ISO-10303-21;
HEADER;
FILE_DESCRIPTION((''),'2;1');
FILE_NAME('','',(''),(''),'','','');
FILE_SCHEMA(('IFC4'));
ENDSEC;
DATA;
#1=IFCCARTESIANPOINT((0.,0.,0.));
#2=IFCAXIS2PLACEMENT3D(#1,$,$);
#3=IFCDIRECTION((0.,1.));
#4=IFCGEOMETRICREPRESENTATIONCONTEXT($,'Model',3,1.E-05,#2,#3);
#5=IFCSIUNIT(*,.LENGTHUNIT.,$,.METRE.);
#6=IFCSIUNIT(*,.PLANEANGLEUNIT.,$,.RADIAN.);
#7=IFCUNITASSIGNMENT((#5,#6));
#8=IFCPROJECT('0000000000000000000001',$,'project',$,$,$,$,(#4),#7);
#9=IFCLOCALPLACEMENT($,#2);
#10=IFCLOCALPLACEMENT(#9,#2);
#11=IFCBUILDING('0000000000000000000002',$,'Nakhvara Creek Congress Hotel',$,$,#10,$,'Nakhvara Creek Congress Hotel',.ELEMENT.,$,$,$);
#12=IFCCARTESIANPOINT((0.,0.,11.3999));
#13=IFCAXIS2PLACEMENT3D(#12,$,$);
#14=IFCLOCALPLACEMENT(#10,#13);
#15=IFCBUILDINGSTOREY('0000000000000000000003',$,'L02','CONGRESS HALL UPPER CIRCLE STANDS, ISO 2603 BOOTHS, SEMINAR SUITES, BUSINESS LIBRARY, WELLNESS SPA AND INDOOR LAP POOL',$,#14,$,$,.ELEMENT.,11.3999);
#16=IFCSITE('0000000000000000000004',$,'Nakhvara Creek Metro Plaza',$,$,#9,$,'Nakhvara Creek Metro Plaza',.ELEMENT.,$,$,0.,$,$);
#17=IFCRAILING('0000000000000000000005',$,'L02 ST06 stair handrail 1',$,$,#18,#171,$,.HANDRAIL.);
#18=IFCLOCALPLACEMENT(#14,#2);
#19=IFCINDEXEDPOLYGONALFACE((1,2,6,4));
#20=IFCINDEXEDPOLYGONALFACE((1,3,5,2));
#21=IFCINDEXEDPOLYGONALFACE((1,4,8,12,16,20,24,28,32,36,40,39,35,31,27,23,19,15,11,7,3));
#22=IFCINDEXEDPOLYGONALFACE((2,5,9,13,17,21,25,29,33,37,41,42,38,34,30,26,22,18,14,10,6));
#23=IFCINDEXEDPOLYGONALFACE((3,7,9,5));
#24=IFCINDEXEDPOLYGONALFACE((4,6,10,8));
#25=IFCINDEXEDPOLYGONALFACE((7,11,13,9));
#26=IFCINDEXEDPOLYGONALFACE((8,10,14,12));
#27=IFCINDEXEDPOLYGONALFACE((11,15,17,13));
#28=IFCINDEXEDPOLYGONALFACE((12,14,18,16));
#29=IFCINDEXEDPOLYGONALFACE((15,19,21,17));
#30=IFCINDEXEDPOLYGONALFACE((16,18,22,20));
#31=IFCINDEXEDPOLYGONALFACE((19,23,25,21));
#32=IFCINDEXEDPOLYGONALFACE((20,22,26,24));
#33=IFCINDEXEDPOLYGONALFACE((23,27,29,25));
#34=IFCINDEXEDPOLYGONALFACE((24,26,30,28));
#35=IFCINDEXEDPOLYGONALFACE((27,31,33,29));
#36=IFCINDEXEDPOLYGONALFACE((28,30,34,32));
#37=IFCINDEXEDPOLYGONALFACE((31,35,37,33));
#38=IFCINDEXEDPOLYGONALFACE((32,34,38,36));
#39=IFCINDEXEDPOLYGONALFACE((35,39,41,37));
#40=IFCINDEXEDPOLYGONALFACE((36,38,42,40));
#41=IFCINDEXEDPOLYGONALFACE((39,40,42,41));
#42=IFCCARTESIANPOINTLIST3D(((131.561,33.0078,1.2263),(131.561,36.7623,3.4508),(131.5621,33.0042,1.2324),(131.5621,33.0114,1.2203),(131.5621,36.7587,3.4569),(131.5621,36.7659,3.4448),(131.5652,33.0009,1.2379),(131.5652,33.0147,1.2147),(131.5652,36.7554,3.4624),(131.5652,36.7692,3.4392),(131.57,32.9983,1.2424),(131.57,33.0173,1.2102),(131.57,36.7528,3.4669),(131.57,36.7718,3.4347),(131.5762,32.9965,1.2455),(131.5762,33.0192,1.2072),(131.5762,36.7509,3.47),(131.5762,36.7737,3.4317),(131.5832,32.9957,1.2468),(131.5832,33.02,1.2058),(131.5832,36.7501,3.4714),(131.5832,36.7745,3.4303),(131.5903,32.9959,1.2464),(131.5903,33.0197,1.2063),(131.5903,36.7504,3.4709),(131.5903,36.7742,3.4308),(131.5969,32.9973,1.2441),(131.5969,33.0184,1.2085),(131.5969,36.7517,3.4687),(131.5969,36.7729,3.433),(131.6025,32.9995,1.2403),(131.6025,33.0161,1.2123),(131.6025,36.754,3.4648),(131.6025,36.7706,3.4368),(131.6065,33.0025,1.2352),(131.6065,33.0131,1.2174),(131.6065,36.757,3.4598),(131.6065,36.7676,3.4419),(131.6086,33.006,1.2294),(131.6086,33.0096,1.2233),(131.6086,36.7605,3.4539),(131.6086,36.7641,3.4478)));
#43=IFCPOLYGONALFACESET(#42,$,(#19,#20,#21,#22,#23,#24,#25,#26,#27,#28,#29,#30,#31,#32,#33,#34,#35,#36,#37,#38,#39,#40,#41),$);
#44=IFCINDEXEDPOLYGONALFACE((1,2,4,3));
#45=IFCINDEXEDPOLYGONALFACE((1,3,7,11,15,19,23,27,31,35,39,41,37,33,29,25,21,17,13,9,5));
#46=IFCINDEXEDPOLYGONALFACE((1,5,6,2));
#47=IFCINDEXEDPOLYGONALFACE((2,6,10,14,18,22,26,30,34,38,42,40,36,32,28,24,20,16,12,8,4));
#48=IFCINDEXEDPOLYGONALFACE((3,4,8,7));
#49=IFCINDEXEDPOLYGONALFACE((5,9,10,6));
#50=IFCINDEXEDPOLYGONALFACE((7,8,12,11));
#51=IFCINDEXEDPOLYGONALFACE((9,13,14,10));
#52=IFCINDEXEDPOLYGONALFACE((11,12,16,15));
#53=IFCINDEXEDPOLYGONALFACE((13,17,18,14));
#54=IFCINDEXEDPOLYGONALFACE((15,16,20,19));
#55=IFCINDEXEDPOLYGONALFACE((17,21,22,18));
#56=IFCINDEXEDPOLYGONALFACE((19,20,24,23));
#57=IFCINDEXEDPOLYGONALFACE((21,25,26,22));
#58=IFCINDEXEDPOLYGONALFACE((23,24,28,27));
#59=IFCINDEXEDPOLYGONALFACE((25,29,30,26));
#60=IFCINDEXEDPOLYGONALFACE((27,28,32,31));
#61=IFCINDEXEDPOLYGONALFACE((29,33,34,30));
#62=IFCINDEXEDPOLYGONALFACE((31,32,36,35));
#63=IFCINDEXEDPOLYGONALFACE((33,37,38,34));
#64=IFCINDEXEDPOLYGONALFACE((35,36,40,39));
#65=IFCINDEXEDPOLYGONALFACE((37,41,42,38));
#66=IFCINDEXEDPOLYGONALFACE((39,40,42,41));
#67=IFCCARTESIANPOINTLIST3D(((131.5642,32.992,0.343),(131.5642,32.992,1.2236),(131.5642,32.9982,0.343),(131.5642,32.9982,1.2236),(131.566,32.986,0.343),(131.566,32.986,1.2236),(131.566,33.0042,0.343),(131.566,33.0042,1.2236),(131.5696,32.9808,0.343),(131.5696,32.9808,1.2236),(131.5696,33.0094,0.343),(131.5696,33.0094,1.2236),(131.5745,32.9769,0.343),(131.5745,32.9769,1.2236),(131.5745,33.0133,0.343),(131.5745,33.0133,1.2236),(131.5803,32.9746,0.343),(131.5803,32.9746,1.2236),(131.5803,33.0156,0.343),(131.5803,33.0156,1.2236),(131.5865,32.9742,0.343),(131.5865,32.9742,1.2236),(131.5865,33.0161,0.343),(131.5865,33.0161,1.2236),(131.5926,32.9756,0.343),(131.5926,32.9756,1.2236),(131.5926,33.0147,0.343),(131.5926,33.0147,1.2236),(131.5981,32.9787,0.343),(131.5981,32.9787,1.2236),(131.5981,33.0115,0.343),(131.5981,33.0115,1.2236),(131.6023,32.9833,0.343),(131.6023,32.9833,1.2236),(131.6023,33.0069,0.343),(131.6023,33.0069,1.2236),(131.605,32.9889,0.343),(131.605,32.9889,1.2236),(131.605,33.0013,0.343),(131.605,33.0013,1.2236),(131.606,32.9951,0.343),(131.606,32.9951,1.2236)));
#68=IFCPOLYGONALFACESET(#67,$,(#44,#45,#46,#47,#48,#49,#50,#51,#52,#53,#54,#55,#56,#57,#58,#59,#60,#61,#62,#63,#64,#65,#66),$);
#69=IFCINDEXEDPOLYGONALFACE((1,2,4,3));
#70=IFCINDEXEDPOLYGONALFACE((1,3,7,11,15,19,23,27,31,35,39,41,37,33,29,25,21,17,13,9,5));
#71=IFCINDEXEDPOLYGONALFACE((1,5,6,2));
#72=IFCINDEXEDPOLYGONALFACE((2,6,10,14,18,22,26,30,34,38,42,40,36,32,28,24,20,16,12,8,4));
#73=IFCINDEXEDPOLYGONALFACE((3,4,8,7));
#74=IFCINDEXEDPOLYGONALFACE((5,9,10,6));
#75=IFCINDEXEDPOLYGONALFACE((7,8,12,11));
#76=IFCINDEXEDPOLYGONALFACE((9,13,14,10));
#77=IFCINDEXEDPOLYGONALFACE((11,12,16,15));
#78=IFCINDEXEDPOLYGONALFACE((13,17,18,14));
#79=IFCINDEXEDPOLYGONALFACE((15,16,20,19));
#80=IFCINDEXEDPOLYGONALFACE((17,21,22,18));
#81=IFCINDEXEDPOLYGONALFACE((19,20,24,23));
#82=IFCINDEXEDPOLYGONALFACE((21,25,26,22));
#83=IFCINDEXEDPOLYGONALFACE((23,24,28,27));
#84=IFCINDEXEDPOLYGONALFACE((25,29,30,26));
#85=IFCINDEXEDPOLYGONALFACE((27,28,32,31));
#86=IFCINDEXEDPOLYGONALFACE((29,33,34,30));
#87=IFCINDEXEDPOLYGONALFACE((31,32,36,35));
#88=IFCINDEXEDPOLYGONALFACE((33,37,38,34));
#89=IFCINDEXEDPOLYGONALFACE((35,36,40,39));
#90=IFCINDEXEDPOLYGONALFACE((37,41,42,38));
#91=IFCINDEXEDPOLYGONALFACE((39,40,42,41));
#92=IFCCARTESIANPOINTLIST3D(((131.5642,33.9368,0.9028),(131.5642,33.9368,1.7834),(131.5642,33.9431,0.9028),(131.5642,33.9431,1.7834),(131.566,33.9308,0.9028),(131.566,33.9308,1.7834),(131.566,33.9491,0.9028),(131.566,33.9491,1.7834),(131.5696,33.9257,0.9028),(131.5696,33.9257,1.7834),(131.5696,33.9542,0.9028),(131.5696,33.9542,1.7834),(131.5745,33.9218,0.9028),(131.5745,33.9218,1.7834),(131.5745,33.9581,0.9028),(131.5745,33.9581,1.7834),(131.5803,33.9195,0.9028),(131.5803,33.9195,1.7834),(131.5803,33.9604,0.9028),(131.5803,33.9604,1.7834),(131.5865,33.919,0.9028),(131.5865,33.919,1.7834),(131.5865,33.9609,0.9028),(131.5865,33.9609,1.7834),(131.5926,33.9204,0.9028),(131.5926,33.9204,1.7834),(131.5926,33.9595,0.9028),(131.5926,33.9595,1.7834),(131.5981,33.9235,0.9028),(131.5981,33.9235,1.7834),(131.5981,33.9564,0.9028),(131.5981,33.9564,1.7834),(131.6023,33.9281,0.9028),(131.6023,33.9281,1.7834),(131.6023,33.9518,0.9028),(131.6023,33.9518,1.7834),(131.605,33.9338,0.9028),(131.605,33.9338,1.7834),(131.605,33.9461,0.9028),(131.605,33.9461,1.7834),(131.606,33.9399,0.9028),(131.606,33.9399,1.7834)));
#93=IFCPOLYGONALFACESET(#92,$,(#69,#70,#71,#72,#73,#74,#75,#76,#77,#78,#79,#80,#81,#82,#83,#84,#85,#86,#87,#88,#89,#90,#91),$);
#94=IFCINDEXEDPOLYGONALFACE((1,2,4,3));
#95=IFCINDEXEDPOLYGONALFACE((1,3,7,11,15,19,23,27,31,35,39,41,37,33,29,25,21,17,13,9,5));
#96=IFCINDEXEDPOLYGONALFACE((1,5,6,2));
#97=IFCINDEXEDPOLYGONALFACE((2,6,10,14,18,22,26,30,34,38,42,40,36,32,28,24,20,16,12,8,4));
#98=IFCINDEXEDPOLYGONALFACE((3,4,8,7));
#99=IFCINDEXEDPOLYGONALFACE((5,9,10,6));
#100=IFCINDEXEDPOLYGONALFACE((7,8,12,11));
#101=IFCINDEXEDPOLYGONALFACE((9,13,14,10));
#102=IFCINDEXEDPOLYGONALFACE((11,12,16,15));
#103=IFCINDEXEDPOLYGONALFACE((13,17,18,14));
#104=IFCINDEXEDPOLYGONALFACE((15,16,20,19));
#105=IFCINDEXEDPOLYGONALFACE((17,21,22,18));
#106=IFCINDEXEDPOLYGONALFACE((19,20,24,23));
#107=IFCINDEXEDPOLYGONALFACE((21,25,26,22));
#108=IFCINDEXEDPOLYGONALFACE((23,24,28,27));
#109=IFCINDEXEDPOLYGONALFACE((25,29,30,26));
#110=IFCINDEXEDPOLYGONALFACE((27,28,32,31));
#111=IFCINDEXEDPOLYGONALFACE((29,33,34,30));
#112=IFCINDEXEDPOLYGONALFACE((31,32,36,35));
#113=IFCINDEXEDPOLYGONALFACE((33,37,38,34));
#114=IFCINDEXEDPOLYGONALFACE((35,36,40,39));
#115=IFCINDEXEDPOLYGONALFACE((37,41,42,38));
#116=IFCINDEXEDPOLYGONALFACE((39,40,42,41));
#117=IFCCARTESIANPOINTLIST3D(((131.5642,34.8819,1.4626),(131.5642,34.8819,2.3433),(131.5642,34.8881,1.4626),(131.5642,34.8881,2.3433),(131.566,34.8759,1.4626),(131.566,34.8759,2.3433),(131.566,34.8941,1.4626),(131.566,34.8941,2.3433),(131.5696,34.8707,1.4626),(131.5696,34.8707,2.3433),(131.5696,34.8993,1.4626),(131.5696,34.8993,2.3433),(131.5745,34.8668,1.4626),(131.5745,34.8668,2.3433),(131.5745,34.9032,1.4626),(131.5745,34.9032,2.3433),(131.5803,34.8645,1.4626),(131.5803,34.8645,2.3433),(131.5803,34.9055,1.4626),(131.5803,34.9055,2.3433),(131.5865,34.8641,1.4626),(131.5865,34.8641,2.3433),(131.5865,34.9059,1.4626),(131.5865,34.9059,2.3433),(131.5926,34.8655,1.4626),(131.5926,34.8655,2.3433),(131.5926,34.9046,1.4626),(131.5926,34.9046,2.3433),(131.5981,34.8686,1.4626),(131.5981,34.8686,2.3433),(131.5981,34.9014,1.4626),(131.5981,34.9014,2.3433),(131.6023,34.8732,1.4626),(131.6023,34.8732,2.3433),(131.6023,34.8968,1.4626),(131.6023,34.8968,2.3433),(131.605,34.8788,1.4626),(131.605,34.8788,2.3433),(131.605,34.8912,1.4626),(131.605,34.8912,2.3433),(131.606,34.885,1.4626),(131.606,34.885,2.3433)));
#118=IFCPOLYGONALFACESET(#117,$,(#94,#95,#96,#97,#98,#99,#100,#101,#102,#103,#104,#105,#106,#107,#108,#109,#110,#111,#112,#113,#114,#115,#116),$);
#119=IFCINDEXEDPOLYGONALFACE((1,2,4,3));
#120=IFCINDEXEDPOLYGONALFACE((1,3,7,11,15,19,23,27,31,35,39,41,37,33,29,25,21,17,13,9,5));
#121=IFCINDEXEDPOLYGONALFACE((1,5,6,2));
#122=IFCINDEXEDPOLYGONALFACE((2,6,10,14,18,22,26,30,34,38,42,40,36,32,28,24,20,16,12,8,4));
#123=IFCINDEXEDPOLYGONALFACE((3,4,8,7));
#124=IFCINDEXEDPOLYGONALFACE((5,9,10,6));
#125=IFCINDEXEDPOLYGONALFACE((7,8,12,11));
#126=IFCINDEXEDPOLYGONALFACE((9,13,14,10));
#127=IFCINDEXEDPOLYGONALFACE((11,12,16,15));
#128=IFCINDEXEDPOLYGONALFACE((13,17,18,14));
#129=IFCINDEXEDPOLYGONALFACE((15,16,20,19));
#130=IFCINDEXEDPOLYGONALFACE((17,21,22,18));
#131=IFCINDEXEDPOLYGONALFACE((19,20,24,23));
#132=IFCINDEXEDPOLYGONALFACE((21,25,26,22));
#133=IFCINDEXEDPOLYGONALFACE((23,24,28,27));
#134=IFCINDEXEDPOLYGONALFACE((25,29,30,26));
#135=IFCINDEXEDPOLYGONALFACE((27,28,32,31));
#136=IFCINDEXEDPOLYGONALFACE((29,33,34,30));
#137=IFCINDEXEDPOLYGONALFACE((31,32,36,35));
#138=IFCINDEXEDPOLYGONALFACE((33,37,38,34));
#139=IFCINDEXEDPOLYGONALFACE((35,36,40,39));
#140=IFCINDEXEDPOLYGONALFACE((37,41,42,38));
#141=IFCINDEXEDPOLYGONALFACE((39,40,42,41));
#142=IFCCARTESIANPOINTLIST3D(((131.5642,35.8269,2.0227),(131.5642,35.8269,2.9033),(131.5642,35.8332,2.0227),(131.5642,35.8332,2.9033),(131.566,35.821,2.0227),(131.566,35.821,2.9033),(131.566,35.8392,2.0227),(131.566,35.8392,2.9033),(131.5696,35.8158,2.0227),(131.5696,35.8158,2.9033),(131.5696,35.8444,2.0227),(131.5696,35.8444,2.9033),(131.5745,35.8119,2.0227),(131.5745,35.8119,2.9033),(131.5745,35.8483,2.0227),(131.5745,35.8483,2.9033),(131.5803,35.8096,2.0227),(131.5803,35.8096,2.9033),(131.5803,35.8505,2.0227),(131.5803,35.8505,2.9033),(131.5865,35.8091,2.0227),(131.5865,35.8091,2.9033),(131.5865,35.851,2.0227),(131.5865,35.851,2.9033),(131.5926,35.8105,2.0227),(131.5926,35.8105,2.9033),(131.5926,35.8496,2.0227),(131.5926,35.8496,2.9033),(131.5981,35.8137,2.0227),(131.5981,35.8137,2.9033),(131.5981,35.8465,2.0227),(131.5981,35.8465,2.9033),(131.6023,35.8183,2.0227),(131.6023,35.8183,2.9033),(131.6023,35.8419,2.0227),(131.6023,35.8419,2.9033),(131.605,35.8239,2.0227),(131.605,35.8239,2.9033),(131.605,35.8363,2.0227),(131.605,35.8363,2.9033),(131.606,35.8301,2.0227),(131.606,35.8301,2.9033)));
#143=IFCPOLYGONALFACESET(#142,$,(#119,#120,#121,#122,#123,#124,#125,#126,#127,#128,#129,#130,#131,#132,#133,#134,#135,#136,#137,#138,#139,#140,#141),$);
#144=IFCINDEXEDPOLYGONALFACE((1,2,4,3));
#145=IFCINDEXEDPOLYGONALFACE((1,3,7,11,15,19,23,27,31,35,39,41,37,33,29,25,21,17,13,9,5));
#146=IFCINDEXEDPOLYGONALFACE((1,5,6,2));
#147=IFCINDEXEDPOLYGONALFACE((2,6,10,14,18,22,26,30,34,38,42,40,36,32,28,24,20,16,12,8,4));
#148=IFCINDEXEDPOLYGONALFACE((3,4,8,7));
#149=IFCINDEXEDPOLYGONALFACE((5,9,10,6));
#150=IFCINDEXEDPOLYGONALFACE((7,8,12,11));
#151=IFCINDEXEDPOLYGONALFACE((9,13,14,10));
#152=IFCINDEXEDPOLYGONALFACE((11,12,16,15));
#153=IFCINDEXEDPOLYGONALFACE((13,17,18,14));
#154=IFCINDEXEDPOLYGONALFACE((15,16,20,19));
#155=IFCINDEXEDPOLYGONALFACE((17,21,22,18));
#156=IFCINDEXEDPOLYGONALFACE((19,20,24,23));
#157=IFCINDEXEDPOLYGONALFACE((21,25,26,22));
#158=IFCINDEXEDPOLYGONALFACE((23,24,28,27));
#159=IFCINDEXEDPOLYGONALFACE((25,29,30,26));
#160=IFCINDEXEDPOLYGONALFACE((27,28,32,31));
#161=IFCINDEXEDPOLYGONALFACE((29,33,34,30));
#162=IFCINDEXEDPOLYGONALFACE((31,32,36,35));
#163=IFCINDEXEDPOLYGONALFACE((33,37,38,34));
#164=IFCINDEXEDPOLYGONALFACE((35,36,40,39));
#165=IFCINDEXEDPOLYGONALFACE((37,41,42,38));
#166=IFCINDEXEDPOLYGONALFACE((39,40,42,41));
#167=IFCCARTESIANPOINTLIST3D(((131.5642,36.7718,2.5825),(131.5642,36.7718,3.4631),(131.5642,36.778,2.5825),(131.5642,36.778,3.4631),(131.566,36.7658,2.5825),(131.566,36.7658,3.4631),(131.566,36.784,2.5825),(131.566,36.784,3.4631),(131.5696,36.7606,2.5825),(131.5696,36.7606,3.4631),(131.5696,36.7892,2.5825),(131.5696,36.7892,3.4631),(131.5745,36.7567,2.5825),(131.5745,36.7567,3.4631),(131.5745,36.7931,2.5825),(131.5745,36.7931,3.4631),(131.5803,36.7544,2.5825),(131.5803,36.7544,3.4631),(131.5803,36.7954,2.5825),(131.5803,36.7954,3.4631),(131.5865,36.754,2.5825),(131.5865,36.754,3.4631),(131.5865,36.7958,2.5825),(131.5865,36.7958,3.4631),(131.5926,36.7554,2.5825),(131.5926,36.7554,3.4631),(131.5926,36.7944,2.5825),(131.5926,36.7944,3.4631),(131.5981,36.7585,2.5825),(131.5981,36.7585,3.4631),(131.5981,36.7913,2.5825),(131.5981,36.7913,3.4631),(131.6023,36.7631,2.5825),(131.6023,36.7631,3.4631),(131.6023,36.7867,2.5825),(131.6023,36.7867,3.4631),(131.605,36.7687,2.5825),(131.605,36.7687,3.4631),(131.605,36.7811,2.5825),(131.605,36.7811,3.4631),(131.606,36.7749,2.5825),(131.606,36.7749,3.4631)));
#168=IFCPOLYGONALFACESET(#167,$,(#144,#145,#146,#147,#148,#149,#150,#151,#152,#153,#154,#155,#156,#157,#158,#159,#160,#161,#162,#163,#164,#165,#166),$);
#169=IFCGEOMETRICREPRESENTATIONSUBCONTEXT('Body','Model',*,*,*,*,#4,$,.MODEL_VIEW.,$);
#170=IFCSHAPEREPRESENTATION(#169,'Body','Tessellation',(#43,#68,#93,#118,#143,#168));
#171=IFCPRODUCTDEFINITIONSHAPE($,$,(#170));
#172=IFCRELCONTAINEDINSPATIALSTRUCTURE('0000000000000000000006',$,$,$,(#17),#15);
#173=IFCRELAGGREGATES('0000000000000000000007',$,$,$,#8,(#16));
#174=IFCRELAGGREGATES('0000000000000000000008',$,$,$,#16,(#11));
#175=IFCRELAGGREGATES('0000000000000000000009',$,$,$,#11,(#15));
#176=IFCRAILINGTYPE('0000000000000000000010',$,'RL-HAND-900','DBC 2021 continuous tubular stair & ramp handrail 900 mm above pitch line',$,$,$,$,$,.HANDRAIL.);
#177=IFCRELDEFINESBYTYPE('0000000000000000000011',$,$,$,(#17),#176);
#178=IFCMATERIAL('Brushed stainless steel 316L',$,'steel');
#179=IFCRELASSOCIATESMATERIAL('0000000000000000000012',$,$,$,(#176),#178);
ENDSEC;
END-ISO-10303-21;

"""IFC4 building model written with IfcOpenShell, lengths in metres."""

from ifc_helpers import new_model, si_unit, direction, frame, origin, origin_2d, place, context, subcontext, project, spatial, circle, extrude, material, type_object, element, save


model = new_model("IFC4")

# Units and contexts
model_context = context("Model", 3, precision=1e-05, world=origin(), true_north=direction((0.0, 1.0)))
body_context = subcontext(model_context, "Body", "Model", "MODEL_VIEW")
ifc_project = project(units=[si_unit("LENGTHUNIT", "METRE"), si_unit("PLANEANGLEUNIT", "RADIAN")], contexts=[model_context])

# Site, building, storey
site_placement = place(None, origin())
site = spatial("IfcSite", under=ifc_project, at=site_placement, Name="Nakhvara Creek Metro Plaza", LongName="Nakhvara Creek Metro Plaza", CompositionType="ELEMENT", RefElevation=0.0)
building_placement = place(site_placement, origin())
building = spatial("IfcBuilding", under=site, at=building_placement, Name="Nakhvara Creek Congress Hotel", LongName="Nakhvara Creek Congress Hotel", CompositionType="ELEMENT")
storey_placement = place(building_placement, frame((0.0, 0.0, 11.3999)))
storey = spatial("IfcBuildingStorey", under=building, at=storey_placement, Name="L02", Description="CONGRESS HALL UPPER CIRCLE STANDS, ISO 2603 BOOTHS, SEMINAR SUITES, BUSINESS LIBRARY, WELLNESS SPA AND INDOOR LAP POOL", CompositionType="ELEMENT", Elevation=11.3999)

# Railing
ifc_material_1 = material(Name="Brushed stainless steel 316L", Category="steel")
railing_type_1 = type_object("IfcRailingType", Name="RL-HAND-900", Description="DBC 2021 continuous tubular stair & ramp handrail 900 mm above pitch line", PredefinedType="HANDRAIL", material=ifc_material_1)
railing_1_placement = place(storey_placement, frame((131.585, 32.9951, 0.343)))
element("IfcRailing", 1, at=railing_1_placement, inside=storey, type_object=railing_type_1, Name="L02 ST06 stair handrail 1", PredefinedType="HANDRAIL", context=body_context, shape_type="SweptSolid", body=[
    extrude(circle(Radius=0.0239, at=origin_2d()), frame((0.0, 0.0127, 0.8833), z_axis=(0.0, 0.860329, 0.50974), x_axis=(-1.0, 0.0, 0.0)), (0.0, 0.0, 1.0), 4.364),
    extrude(circle(Radius=0.021, at=origin_2d()), origin(), (0.0, 0.0, 1.0), 0.8806),
    extrude(circle(Radius=0.021, at=origin_2d()), frame((0.0, 0.9448, 0.5598)), (0.0, 0.0, 1.0), 0.8806),
    extrude(circle(Radius=0.021, at=origin_2d()), frame((0.0, 1.8899, 1.1196)), (0.0, 0.0, 1.0), 0.8806),
    extrude(circle(Radius=0.021, at=origin_2d()), frame((0.0, 2.835, 1.6797)), (0.0, 0.0, 1.0), 0.8806),
    extrude(circle(Radius=0.021, at=origin_2d()), frame((0.0, 3.7798, 2.2395)), (0.0, 0.0, 1.0), 0.8806),
])

save(model, "model.ifc")
